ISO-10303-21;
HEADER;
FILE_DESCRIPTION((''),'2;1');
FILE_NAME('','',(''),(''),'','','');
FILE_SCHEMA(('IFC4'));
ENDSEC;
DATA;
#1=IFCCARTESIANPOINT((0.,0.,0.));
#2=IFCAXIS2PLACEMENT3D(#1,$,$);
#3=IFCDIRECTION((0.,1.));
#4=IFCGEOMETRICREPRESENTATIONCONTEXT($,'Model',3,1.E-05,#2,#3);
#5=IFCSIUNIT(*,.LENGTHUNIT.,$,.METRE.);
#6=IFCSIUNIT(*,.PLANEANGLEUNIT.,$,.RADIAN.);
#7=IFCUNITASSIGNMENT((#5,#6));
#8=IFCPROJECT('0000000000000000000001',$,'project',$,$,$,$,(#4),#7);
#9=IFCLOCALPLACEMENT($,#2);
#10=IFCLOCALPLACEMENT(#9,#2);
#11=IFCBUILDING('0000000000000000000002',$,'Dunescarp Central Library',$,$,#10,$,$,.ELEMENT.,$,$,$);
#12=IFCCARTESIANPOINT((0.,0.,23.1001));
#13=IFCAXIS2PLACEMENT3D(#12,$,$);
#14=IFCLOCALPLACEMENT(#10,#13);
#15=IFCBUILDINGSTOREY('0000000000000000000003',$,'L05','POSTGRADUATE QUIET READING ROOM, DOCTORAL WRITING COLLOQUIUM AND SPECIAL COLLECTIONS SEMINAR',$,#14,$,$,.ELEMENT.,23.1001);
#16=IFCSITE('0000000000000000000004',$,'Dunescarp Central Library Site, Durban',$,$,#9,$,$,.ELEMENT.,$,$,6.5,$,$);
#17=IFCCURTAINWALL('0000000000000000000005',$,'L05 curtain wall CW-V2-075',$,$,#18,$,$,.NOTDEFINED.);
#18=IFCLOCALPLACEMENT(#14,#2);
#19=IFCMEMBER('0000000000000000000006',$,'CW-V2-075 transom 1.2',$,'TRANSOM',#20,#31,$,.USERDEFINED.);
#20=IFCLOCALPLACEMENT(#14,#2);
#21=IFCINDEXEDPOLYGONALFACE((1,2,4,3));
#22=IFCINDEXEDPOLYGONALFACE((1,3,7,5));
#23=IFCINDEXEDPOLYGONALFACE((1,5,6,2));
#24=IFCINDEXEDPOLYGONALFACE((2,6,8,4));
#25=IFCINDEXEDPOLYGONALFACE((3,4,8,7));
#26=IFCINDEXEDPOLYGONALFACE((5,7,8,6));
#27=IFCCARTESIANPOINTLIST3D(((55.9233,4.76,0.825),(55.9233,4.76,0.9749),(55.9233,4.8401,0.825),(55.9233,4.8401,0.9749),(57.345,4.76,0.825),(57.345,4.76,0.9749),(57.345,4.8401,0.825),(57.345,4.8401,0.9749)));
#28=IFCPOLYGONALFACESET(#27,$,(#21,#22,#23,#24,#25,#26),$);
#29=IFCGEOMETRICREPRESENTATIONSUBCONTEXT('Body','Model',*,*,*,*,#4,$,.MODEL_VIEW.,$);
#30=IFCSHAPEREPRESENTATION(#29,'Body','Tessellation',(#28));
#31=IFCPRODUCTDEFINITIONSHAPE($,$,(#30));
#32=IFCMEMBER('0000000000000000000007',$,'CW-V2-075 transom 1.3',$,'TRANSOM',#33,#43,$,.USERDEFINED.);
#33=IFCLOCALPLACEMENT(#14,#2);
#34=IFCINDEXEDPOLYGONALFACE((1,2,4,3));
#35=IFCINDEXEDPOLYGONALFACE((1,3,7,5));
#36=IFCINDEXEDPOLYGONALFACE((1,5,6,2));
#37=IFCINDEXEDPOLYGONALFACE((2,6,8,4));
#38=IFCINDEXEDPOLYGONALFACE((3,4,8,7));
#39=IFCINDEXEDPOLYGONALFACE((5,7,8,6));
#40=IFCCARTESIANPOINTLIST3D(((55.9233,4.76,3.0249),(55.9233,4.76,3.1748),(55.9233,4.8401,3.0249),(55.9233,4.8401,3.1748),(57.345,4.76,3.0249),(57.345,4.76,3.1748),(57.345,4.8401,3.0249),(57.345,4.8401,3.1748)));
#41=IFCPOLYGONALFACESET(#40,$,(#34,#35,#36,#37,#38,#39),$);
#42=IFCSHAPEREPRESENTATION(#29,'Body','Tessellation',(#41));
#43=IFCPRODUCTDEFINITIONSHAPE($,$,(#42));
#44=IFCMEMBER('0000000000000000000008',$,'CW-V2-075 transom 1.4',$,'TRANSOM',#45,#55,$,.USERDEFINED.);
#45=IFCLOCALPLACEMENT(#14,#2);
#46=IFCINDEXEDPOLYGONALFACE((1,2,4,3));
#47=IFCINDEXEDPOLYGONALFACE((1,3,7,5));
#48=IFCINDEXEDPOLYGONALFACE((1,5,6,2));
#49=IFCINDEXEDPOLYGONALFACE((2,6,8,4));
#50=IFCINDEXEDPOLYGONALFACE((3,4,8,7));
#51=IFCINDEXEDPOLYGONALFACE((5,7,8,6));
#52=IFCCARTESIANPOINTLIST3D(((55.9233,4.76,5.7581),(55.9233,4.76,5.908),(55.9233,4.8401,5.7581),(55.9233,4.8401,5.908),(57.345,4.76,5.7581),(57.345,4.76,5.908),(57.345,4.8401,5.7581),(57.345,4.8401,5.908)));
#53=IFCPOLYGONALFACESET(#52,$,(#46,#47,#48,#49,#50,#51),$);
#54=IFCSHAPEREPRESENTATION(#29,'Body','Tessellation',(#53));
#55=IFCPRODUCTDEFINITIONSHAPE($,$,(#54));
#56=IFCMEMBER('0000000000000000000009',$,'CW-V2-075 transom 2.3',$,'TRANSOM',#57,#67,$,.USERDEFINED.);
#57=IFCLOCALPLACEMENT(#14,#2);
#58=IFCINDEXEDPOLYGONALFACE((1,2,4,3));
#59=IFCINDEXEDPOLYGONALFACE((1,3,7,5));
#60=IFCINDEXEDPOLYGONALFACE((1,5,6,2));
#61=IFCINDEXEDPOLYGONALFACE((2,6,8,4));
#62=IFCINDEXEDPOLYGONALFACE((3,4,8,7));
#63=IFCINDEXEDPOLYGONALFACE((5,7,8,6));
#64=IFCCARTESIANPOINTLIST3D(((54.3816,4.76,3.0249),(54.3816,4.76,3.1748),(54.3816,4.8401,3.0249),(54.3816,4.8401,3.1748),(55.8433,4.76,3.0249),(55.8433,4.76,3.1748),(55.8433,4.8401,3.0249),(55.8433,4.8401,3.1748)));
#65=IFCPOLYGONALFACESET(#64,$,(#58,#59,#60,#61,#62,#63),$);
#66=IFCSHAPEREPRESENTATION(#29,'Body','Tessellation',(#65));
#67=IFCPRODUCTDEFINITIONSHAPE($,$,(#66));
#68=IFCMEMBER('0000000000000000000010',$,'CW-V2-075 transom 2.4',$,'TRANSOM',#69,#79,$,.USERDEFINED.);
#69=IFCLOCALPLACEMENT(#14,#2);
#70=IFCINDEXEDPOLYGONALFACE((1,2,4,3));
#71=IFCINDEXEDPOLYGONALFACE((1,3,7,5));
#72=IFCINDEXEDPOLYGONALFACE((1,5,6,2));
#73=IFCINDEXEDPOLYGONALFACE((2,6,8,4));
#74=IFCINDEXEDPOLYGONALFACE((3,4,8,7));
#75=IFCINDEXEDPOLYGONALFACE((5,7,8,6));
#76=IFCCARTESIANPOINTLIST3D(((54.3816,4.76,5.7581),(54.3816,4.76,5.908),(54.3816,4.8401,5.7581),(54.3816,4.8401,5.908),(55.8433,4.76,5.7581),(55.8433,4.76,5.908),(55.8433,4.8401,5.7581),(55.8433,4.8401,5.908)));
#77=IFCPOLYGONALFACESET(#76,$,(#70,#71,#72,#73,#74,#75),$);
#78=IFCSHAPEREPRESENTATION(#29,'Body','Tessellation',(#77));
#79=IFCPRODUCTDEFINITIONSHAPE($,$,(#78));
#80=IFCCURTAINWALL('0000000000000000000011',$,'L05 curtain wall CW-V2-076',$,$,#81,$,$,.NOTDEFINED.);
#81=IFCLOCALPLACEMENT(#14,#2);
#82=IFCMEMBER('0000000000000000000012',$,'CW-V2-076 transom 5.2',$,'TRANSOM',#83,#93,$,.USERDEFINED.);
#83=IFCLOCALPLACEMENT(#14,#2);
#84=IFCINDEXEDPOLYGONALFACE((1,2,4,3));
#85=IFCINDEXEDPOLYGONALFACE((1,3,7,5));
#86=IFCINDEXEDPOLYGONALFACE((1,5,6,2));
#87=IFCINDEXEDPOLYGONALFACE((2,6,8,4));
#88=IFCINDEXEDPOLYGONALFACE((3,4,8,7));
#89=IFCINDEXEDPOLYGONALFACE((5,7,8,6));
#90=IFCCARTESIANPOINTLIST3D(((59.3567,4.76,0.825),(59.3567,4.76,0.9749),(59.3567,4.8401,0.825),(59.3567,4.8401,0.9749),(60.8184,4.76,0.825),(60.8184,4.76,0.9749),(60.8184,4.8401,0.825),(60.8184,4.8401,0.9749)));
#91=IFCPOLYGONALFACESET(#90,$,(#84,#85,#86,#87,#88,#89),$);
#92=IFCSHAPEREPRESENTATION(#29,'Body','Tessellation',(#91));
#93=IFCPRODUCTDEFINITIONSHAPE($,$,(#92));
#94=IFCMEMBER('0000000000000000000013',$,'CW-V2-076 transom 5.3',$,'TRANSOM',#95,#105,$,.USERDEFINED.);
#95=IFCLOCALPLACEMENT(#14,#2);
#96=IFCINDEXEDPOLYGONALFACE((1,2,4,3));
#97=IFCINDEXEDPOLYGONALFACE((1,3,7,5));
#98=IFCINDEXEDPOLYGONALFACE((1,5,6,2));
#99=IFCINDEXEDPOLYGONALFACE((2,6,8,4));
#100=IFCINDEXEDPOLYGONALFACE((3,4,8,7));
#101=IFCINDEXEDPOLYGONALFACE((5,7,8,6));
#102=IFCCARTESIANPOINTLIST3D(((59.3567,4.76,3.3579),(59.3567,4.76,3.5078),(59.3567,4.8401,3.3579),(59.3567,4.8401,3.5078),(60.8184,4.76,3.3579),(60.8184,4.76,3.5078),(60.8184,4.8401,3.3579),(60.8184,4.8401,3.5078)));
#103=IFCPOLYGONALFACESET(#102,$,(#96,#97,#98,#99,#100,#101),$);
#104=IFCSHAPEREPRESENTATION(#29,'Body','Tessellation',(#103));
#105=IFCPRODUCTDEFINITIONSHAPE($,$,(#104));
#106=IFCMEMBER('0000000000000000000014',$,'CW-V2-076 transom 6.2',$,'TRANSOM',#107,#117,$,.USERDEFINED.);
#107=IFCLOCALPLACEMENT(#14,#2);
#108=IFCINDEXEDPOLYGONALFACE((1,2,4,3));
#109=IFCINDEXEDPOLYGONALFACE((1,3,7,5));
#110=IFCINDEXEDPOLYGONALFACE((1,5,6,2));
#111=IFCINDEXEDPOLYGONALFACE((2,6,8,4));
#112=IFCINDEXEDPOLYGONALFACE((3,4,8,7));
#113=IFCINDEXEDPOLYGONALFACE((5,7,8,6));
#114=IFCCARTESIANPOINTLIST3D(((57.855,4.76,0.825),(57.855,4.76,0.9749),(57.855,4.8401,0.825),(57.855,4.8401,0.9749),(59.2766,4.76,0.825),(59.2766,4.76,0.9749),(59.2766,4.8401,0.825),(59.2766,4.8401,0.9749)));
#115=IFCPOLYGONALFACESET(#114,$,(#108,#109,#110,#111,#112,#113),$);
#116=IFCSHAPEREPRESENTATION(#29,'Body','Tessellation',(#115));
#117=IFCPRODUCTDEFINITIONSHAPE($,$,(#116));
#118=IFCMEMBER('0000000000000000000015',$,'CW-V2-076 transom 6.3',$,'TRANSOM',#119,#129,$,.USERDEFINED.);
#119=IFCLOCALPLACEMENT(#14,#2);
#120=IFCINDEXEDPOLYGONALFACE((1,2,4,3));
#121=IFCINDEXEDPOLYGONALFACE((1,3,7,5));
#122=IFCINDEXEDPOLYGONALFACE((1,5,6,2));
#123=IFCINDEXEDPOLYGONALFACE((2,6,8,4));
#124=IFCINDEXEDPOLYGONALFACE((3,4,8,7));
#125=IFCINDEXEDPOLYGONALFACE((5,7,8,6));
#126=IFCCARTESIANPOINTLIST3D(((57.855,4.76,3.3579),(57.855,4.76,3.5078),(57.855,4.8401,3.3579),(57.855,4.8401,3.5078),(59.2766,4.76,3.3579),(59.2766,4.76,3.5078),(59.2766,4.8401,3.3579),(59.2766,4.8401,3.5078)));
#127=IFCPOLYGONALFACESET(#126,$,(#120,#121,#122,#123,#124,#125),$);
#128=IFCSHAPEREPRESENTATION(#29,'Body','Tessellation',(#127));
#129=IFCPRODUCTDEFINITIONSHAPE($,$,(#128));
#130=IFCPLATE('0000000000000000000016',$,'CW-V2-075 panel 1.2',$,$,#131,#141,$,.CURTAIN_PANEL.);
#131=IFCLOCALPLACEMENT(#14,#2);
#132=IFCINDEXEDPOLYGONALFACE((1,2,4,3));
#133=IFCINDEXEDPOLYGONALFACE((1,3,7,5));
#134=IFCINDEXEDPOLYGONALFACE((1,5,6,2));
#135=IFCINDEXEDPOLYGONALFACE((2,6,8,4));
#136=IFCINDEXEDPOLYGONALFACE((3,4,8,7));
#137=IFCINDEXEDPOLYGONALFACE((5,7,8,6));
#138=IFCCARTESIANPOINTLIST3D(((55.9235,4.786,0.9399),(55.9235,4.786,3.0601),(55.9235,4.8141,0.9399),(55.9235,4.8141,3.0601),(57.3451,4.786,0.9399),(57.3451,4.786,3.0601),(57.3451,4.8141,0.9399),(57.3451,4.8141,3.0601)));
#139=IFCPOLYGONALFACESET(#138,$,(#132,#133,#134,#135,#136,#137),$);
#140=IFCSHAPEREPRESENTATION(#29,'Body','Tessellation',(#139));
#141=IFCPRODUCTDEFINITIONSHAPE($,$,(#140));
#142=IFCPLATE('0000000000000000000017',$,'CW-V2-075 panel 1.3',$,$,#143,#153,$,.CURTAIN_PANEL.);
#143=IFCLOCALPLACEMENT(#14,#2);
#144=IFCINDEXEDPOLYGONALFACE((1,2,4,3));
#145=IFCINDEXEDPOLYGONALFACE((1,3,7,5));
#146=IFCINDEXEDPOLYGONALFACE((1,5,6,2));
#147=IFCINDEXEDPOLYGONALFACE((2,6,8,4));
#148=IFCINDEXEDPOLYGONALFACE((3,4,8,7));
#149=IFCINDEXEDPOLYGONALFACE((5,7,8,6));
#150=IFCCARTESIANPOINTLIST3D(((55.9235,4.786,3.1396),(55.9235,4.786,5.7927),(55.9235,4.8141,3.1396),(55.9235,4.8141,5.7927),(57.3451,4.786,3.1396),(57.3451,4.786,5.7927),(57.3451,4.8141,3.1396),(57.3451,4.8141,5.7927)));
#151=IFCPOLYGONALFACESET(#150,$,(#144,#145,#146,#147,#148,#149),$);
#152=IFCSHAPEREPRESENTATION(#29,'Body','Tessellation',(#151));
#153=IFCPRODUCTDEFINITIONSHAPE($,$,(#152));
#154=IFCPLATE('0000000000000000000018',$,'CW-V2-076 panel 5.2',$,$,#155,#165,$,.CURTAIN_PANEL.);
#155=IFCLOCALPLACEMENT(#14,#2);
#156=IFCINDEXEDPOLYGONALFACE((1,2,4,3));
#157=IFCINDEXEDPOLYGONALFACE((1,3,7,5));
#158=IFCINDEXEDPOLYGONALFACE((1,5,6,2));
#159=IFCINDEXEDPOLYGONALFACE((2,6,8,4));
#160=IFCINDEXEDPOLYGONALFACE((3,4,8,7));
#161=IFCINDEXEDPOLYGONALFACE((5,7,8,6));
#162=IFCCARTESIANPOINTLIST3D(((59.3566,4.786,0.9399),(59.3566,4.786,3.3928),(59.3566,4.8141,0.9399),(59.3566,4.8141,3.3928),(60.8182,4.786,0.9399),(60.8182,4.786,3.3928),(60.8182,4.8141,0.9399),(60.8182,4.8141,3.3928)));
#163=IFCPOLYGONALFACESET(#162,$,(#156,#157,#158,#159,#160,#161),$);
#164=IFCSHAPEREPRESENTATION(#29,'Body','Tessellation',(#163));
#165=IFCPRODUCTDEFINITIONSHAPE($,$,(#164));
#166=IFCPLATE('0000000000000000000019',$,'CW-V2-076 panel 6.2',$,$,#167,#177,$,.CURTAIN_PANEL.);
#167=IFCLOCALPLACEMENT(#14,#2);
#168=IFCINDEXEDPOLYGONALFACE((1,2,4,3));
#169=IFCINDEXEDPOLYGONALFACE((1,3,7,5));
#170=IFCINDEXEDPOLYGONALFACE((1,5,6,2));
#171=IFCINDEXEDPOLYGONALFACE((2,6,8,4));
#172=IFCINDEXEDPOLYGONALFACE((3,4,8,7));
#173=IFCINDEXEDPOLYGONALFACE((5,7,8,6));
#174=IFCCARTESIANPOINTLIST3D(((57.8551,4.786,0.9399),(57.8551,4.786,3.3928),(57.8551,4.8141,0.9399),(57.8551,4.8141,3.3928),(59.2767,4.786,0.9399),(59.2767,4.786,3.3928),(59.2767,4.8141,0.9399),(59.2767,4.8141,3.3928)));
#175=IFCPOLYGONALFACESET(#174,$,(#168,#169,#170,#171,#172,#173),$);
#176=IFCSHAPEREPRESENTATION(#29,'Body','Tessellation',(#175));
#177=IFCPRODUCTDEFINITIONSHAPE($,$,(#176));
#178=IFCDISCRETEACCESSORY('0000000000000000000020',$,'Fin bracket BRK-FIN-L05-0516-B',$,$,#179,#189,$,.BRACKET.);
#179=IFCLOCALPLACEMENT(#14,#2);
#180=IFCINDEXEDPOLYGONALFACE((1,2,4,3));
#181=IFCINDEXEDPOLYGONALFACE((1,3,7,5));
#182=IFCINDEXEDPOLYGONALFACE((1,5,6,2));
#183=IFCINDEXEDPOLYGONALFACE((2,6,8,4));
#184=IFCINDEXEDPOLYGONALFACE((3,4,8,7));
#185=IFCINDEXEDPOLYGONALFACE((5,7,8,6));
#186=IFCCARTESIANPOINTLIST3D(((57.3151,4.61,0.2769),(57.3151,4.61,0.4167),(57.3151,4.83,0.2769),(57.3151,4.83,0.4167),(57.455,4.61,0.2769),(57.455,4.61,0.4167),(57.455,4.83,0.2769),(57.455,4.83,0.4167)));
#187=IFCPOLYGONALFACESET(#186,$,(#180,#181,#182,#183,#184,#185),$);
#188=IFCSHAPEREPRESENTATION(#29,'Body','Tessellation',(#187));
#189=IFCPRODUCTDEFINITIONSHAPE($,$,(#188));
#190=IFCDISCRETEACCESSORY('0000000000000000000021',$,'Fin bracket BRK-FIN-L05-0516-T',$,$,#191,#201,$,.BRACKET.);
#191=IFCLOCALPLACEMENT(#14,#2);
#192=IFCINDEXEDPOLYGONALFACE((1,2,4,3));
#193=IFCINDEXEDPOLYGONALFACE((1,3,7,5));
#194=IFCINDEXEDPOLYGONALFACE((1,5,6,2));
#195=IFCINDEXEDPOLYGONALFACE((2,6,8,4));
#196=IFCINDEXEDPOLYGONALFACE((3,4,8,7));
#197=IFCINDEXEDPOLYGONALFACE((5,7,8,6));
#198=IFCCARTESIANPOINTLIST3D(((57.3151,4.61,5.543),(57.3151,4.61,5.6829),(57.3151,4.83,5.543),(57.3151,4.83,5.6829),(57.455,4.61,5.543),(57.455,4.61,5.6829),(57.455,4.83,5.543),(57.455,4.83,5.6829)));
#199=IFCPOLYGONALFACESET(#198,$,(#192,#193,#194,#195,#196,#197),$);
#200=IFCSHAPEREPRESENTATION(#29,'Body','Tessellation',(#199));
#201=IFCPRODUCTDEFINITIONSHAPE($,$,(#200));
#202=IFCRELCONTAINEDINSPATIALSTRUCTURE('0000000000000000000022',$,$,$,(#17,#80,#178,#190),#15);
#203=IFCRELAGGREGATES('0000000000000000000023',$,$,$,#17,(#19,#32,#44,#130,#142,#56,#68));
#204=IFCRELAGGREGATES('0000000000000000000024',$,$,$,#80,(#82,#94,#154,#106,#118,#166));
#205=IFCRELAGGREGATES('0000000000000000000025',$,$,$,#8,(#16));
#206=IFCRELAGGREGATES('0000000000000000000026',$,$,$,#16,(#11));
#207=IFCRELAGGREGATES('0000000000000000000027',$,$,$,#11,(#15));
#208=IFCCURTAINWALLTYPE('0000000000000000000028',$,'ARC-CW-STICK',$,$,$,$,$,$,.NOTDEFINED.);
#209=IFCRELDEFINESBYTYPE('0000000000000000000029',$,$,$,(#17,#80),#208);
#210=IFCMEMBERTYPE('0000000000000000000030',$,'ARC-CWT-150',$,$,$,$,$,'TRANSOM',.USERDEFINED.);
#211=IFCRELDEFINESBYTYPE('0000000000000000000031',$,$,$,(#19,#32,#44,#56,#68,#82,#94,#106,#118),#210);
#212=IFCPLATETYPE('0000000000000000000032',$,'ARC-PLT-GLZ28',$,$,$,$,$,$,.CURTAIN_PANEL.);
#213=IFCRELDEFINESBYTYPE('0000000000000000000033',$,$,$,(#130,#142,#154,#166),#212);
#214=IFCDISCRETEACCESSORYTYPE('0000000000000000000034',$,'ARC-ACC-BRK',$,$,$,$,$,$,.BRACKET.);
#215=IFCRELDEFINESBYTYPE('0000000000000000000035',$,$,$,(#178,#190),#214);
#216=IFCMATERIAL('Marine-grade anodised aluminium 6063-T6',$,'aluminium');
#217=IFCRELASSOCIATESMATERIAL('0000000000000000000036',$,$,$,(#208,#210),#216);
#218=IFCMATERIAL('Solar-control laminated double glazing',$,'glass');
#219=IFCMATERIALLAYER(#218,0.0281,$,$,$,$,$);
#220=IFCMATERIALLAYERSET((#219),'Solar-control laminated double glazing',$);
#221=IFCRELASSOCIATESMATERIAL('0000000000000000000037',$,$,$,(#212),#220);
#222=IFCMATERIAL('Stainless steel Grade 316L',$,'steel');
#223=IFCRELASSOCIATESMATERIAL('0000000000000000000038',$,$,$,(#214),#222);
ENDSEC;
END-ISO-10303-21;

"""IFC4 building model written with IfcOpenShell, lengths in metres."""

from ifc_helpers import new_model, si_unit, direction, frame, origin, origin_2d, place, context, subcontext, project, spatial, rectangle, extrude, material, layer, layer_set, material_profile, profile_set, type_object, element, aggregate, save


model = new_model("IFC4")

# Units and contexts
model_context = context("Model", 3, precision=1e-05, world=origin(), true_north=direction((0.0, 1.0)))
body_context = subcontext(model_context, "Body", "Model", "MODEL_VIEW")
ifc_project = project(units=[si_unit("LENGTHUNIT", "METRE"), si_unit("PLANEANGLEUNIT", "RADIAN")], contexts=[model_context])

# Site, building, storey
site_placement = place(None, origin())
site = spatial("IfcSite", under=ifc_project, at=site_placement, Name="Dunescarp Central Library Site, Durban", CompositionType="ELEMENT", RefElevation=6.5)
building_placement = place(site_placement, origin())
building = spatial("IfcBuilding", under=site, at=building_placement, Name="Dunescarp Central Library", CompositionType="ELEMENT")
storey_placement = place(building_placement, frame((0.0, 0.0, 23.1001)))
storey = spatial("IfcBuildingStorey", under=building, at=storey_placement, Name="L05", Description="POSTGRADUATE QUIET READING ROOM, DOCTORAL WRITING COLLOQUIUM AND SPECIAL COLLECTIONS SEMINAR", CompositionType="ELEMENT", Elevation=23.1001)

# Curtain walls, members
ifc_material_1 = material(Name="Marine-grade anodised aluminium 6063-T6", Category="aluminium")
curtain_wall_type = type_object("IfcCurtainWallType", Name="ARC-CW-STICK", PredefinedType="NOTDEFINED", material=ifc_material_1)
curtain_wall_1_placement = place(storey_placement, origin())
curtain_wall_1 = element("IfcCurtainWall", 1, at=curtain_wall_1_placement, inside=storey, type_object=curtain_wall_type, Name="L05 curtain wall CW-V2-075", PredefinedType="NOTDEFINED")
ifc_material_profile = material_profile(ifc_material_1, rectangle(XDim=0.0801, YDim=0.1499, at=origin_2d()), Name="AL 80x150")
ifc_profile_set = profile_set([ifc_material_profile], Name="Marine-grade anodised aluminium 6063-T6")
member_type = type_object("IfcMemberType", Name="ARC-CWT-150", ElementType="TRANSOM", PredefinedType="USERDEFINED", material=ifc_profile_set)
member_1_placement = place(storey_placement, frame((57.345, 4.8, 0.8999), z_axis=(-1.0, 0.0, 0.0), x_axis=(0.0, -1.0, 0.0)))
member_1 = element("IfcMember", 2, at=member_1_placement, type_object=member_type, Name="CW-V2-075 transom 1.2", ObjectType="TRANSOM", PredefinedType="USERDEFINED", context=body_context, shape_type="SweptSolid", body=[
    extrude(rectangle(XDim=0.0801, YDim=0.1499, at=origin_2d()), origin(), (0.0, 0.0, 1.0), 1.4216),
])
member_2_placement = place(storey_placement, frame((57.345, 4.8, 3.0999), z_axis=(-1.0, 0.0, 0.0), x_axis=(0.0, -1.0, 0.0)))
member_2 = element("IfcMember", 3, at=member_2_placement, type_object=member_type, Name="CW-V2-075 transom 1.3", ObjectType="TRANSOM", PredefinedType="USERDEFINED", context=body_context, shape_type="SweptSolid", body=[
    extrude(rectangle(XDim=0.0801, YDim=0.1499, at=origin_2d()), origin(), (0.0, 0.0, 1.0), 1.4216),
])
member_3_placement = place(storey_placement, frame((57.345, 4.8, 5.833), z_axis=(-1.0, 0.0, 0.0), x_axis=(0.0, -1.0, 0.0)))
member_3 = element("IfcMember", 4, at=member_3_placement, type_object=member_type, Name="CW-V2-075 transom 1.4", ObjectType="TRANSOM", PredefinedType="USERDEFINED", context=body_context, shape_type="SweptSolid", body=[
    extrude(rectangle(XDim=0.0801, YDim=0.1499, at=origin_2d()), origin(), (0.0, 0.0, 1.0), 1.4216),
])
member_4_placement = place(storey_placement, frame((55.8433, 4.8, 3.0999), z_axis=(-1.0, 0.0, 0.0), x_axis=(0.0, -1.0, 0.0)))
member_4 = element("IfcMember", 5, at=member_4_placement, type_object=member_type, Name="CW-V2-075 transom 2.3", ObjectType="TRANSOM", PredefinedType="USERDEFINED", context=body_context, shape_type="SweptSolid", body=[
    extrude(rectangle(XDim=0.0801, YDim=0.1499, at=origin_2d()), origin(), (0.0, 0.0, 1.0), 1.4617),
])
member_5_placement = place(storey_placement, frame((55.8433, 4.8, 5.833), z_axis=(-1.0, 0.0, 0.0), x_axis=(0.0, -1.0, 0.0)))
member_5 = element("IfcMember", 6, at=member_5_placement, type_object=member_type, Name="CW-V2-075 transom 2.4", ObjectType="TRANSOM", PredefinedType="USERDEFINED", context=body_context, shape_type="SweptSolid", body=[
    extrude(rectangle(XDim=0.0801, YDim=0.1499, at=origin_2d()), origin(), (0.0, 0.0, 1.0), 1.4617),
])
curtain_wall_2_placement = place(storey_placement, origin())
curtain_wall_2 = element("IfcCurtainWall", 7, at=curtain_wall_2_placement, inside=storey, type_object=curtain_wall_type, Name="L05 curtain wall CW-V2-076", PredefinedType="NOTDEFINED")
member_6_placement = place(storey_placement, frame((60.8184, 4.8, 0.8999), z_axis=(-1.0, 0.0, 0.0), x_axis=(0.0, -1.0, 0.0)))
member_6 = element("IfcMember", 8, at=member_6_placement, type_object=member_type, Name="CW-V2-076 transom 5.2", ObjectType="TRANSOM", PredefinedType="USERDEFINED", context=body_context, shape_type="SweptSolid", body=[
    extrude(rectangle(XDim=0.0801, YDim=0.1499, at=origin_2d()), origin(), (0.0, 0.0, 1.0), 1.4617),
])
member_7_placement = place(storey_placement, frame((60.8184, 4.8, 3.4329), z_axis=(-1.0, 0.0, 0.0), x_axis=(0.0, -1.0, 0.0)))
member_7 = element("IfcMember", 9, at=member_7_placement, type_object=member_type, Name="CW-V2-076 transom 5.3", ObjectType="TRANSOM", PredefinedType="USERDEFINED", context=body_context, shape_type="SweptSolid", body=[
    extrude(rectangle(XDim=0.0801, YDim=0.1499, at=origin_2d()), origin(), (0.0, 0.0, 1.0), 1.4617),
])
member_8_placement = place(storey_placement, frame((59.2766, 4.8, 0.8999), z_axis=(-1.0, 0.0, 0.0), x_axis=(0.0, -1.0, 0.0)))
member_8 = element("IfcMember", 10, at=member_8_placement, type_object=member_type, Name="CW-V2-076 transom 6.2", ObjectType="TRANSOM", PredefinedType="USERDEFINED", context=body_context, shape_type="SweptSolid", body=[
    extrude(rectangle(XDim=0.0801, YDim=0.1499, at=origin_2d()), origin(), (0.0, 0.0, 1.0), 1.4216),
])
member_9_placement = place(storey_placement, frame((59.2766, 4.8, 3.4329), z_axis=(-1.0, 0.0, 0.0), x_axis=(0.0, -1.0, 0.0)))
member_9 = element("IfcMember", 11, at=member_9_placement, type_object=member_type, Name="CW-V2-076 transom 6.3", ObjectType="TRANSOM", PredefinedType="USERDEFINED", context=body_context, shape_type="SweptSolid", body=[
    extrude(rectangle(XDim=0.0801, YDim=0.1499, at=origin_2d()), origin(), (0.0, 0.0, 1.0), 1.4216),
])

# Plates
ifc_material_2 = material(Name="Solar-control laminated double glazing", Category="glass")
ifc_layer = layer(ifc_material_2, 0.0281)
ifc_layer_set = layer_set([ifc_layer], Name="Solar-control laminated double glazing")
plate_type = type_object("IfcPlateType", Name="ARC-PLT-GLZ28", PredefinedType="CURTAIN_PANEL", material=ifc_layer_set)
plate_1_placement = place(storey_placement, frame((56.6343, 4.8, 0.9399), z_axis=(0.0, 0.0, 1.0), x_axis=(-1.0, 0.0, 0.0)))
plate_1 = element("IfcPlate", 12, at=plate_1_placement, type_object=plate_type, Name="CW-V2-075 panel 1.2", PredefinedType="CURTAIN_PANEL", context=body_context, shape_type="SweptSolid", body=[
    extrude(rectangle(XDim=1.4216, YDim=0.0281, at=origin_2d()), origin(), (0.0, 0.0, 1.0), 2.1201),
])
plate_2_placement = place(storey_placement, frame((56.6343, 4.8, 3.1396), z_axis=(0.0, 0.0, 1.0), x_axis=(-1.0, 0.0, 0.0)))
plate_2 = element("IfcPlate", 13, at=plate_2_placement, type_object=plate_type, Name="CW-V2-075 panel 1.3", PredefinedType="CURTAIN_PANEL", context=body_context, shape_type="SweptSolid", body=[
    extrude(rectangle(XDim=1.4216, YDim=0.0281, at=origin_2d()), origin(), (0.0, 0.0, 1.0), 2.6531),
])
aggregate(curtain_wall_1, [member_1, member_2, member_3, plate_1, plate_2, member_4, member_5])
plate_3_placement = place(storey_placement, frame((60.0874, 4.8, 0.9399), z_axis=(0.0, 0.0, 1.0), x_axis=(-1.0, 0.0, 0.0)))
plate_3 = element("IfcPlate", 14, at=plate_3_placement, type_object=plate_type, Name="CW-V2-076 panel 5.2", PredefinedType="CURTAIN_PANEL", context=body_context, shape_type="SweptSolid", body=[
    extrude(rectangle(XDim=1.4617, YDim=0.0281, at=origin_2d()), origin(), (0.0, 0.0, 1.0), 2.4529),
])
plate_4_placement = place(storey_placement, frame((58.5659, 4.8, 0.9399), z_axis=(0.0, 0.0, 1.0), x_axis=(-1.0, 0.0, 0.0)))
plate_4 = element("IfcPlate", 15, at=plate_4_placement, type_object=plate_type, Name="CW-V2-076 panel 6.2", PredefinedType="CURTAIN_PANEL", context=body_context, shape_type="SweptSolid", body=[
    extrude(rectangle(XDim=1.4216, YDim=0.0281, at=origin_2d()), origin(), (0.0, 0.0, 1.0), 2.4529),
])
aggregate(curtain_wall_2, [member_6, member_7, plate_3, member_8, member_9, plate_4])

# Discrete accessories
ifc_material_3 = material(Name="Stainless steel Grade 316L", Category="steel")
discrete_accessory_type = type_object("IfcDiscreteAccessoryType", Name="ARC-ACC-BRK", PredefinedType="BRACKET", material=ifc_material_3)
for number, where, z_axis, x_axis, name in (
    (16, (57.385, 4.72, 0.2769), (0.0, 0.0, 1.0), (0.0, -1.0, 0.0), "Fin bracket BRK-FIN-L05-0516-B"),
    (17, (57.385, 4.72, 5.543), (0.0, 0.0, 1.0), (0.0, -1.0, 0.0), "Fin bracket BRK-FIN-L05-0516-T"),
):
    element("IfcDiscreteAccessory", number, at=place(storey_placement, frame(where, z_axis=z_axis, x_axis=x_axis)), inside=storey, type_object=discrete_accessory_type, Name=name, PredefinedType="BRACKET", context=body_context, shape_type="SweptSolid", body=[
        extrude(rectangle(XDim=0.22, YDim=0.1399, at=origin_2d()), origin(), (0.0, 0.0, 1.0), 0.1399),
    ])

save(model, "model.ifc")
